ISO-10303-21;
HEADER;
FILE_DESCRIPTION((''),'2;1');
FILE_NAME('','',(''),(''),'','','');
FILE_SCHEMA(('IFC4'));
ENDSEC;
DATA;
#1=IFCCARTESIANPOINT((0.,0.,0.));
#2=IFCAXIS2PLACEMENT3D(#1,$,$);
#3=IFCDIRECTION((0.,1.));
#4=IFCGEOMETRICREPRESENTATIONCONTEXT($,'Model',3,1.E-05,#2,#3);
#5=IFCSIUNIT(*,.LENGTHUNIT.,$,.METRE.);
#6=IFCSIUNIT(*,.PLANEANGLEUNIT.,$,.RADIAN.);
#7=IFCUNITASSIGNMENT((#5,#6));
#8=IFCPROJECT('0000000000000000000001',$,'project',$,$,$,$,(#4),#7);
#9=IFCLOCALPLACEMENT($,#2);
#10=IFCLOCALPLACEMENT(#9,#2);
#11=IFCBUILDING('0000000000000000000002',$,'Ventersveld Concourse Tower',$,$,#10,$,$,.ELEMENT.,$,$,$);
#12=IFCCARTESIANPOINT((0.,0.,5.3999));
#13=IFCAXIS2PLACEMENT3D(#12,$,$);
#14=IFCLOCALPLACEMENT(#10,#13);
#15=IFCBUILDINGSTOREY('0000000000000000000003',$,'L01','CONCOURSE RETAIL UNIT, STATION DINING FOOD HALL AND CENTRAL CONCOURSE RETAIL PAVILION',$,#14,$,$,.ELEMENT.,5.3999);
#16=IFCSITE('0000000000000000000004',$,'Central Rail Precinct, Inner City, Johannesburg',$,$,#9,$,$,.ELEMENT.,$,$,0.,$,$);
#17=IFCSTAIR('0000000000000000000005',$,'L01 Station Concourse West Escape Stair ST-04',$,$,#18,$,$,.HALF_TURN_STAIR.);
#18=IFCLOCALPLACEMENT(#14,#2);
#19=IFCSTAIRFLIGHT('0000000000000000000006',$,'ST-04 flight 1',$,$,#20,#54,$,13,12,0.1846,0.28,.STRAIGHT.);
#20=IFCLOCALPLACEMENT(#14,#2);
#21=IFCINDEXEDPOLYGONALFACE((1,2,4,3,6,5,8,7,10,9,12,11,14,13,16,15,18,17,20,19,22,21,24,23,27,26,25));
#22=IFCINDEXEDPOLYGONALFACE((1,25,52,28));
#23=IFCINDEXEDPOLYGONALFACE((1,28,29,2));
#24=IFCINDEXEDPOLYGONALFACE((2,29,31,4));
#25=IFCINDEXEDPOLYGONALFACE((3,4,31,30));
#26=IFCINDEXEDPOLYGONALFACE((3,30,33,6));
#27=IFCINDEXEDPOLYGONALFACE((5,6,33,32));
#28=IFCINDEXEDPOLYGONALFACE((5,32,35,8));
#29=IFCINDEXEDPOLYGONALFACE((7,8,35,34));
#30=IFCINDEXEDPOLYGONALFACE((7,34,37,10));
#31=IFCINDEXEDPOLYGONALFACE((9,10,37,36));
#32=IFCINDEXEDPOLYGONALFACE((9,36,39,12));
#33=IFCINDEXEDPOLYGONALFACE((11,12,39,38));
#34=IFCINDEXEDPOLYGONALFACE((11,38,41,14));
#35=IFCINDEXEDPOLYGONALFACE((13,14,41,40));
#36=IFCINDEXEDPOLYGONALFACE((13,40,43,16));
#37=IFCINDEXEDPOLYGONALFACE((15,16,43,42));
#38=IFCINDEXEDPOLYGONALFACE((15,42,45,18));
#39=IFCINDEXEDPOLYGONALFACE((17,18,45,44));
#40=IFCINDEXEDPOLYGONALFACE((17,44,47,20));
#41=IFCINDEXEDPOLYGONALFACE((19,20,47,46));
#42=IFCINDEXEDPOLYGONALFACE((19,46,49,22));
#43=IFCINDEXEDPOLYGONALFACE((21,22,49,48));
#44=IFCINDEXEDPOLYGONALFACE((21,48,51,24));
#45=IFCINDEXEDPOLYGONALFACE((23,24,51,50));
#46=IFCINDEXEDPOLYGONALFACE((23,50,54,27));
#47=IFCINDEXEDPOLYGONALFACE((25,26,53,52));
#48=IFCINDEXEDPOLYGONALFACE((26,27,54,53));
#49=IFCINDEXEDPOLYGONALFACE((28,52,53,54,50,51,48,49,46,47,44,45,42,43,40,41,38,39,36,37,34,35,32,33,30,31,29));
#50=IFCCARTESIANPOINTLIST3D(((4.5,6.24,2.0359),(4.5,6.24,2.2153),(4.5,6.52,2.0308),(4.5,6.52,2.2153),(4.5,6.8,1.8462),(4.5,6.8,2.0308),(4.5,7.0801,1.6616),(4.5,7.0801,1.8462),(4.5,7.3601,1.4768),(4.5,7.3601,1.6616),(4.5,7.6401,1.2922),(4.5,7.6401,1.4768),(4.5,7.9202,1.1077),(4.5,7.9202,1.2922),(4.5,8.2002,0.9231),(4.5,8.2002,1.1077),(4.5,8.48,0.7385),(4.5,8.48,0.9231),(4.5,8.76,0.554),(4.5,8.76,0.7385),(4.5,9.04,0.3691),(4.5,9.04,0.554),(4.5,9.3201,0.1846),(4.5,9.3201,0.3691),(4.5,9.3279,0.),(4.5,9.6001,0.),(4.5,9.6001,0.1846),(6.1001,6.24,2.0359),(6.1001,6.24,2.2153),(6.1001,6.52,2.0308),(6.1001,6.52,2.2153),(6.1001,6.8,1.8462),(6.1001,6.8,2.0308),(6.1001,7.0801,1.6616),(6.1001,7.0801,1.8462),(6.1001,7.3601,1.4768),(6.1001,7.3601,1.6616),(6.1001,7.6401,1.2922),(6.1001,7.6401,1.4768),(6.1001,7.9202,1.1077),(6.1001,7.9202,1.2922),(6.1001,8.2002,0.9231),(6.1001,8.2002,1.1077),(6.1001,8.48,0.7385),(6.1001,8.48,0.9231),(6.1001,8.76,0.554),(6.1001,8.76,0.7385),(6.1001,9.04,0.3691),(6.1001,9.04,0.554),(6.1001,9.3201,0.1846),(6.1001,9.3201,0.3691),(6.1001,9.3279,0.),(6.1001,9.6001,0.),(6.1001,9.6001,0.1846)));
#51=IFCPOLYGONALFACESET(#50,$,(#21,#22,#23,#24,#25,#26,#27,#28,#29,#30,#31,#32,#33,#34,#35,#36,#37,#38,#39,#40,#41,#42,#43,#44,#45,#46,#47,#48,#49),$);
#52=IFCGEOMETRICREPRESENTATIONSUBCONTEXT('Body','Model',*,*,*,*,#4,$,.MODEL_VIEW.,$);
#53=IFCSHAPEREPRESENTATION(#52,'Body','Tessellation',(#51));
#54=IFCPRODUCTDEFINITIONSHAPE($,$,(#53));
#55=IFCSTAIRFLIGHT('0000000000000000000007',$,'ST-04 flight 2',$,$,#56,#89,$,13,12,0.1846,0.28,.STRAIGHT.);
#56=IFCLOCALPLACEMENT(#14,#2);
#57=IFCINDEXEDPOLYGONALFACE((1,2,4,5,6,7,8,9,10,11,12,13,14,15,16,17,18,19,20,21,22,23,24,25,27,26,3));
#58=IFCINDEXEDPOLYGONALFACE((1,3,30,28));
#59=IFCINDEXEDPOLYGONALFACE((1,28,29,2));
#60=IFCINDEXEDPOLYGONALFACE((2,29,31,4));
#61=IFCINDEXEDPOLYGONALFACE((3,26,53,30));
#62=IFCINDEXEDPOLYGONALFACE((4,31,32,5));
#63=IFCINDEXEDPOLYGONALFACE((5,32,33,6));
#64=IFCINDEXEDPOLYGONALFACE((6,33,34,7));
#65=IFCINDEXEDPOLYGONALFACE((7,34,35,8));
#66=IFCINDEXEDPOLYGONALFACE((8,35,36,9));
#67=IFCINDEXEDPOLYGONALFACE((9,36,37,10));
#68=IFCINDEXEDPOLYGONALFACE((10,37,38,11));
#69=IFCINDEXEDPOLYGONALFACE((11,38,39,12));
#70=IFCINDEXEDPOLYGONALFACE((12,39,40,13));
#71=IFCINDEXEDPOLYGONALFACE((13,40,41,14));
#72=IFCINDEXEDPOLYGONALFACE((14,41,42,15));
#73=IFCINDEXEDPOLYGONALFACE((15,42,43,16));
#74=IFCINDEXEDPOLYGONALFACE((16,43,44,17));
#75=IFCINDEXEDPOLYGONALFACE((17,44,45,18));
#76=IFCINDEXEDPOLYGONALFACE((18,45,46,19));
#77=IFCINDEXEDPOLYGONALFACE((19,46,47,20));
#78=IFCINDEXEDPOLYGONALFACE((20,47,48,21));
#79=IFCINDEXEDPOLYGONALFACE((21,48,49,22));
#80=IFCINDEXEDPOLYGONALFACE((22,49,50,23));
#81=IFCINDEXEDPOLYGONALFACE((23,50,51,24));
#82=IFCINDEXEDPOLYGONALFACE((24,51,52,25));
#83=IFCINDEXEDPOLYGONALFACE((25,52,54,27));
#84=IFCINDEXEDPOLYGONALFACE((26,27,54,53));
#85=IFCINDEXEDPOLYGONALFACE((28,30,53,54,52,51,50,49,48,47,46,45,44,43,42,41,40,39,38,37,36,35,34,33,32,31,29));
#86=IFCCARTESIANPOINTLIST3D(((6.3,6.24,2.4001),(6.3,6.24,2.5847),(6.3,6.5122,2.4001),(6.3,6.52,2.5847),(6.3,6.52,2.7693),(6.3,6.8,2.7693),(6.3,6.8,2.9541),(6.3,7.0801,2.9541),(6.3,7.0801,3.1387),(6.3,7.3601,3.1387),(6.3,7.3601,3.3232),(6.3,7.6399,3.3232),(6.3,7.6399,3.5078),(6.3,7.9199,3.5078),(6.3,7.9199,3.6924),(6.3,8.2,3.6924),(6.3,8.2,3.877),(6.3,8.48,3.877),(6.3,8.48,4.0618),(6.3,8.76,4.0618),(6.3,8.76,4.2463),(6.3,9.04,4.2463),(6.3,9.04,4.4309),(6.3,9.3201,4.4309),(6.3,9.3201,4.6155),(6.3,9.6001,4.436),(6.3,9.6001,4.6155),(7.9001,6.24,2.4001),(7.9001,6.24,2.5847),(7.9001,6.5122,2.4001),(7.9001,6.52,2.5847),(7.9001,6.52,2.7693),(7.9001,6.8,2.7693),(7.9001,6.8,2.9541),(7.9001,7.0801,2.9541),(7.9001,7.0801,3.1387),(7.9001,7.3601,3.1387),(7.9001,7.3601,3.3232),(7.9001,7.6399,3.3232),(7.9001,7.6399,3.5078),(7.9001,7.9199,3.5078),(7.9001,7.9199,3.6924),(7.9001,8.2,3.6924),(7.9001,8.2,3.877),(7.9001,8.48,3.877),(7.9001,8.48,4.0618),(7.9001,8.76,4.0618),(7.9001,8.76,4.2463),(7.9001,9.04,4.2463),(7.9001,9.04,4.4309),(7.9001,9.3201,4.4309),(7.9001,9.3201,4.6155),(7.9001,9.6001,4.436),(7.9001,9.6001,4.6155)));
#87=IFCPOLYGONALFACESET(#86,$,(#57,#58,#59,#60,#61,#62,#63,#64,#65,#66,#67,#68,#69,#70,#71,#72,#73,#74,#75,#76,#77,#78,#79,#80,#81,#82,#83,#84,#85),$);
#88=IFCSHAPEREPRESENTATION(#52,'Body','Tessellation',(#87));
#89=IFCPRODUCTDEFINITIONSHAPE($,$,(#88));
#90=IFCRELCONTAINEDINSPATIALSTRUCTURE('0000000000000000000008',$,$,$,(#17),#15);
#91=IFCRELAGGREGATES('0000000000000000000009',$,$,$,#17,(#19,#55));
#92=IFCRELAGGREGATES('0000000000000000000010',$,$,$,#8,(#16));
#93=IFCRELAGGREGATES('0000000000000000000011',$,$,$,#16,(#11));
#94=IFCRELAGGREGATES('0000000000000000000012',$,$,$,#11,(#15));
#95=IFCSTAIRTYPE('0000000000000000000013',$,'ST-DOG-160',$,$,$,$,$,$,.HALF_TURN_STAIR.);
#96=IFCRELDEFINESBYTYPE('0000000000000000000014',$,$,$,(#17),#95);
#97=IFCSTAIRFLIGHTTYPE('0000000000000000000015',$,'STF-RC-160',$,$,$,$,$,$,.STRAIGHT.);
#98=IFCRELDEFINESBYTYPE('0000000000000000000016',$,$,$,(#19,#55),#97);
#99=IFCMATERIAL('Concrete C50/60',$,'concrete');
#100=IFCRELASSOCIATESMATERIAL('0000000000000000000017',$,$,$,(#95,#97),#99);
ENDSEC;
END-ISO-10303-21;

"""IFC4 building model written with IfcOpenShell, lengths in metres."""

from ifc_helpers import new_model, si_unit, direction, frame, origin, place, context, subcontext, project, spatial, polyline, outline, extrude, material, type_object, element, aggregate, save


model = new_model("IFC4")

# Units and contexts
model_context = context("Model", 3, precision=1e-05, world=origin(), true_north=direction((0.0, 1.0)))
body_context = subcontext(model_context, "Body", "Model", "MODEL_VIEW")
ifc_project = project(units=[si_unit("LENGTHUNIT", "METRE"), si_unit("PLANEANGLEUNIT", "RADIAN")], contexts=[model_context])

# Site, building, storey
site_placement = place(None, origin())
site = spatial("IfcSite", under=ifc_project, at=site_placement, Name="Central Rail Precinct, Inner City, Johannesburg", CompositionType="ELEMENT", RefElevation=0.0)
building_placement = place(site_placement, origin())
building = spatial("IfcBuilding", under=site, at=building_placement, Name="Ventersveld Concourse Tower", CompositionType="ELEMENT")
storey_placement = place(building_placement, frame((0.0, 0.0, 5.3999)))
storey = spatial("IfcBuildingStorey", under=building, at=storey_placement, Name="L01", Description="CONCOURSE RETAIL UNIT, STATION DINING FOOD HALL AND CENTRAL CONCOURSE RETAIL PAVILION", CompositionType="ELEMENT", Elevation=5.3999)

# Shared definitions
ifc_material_1 = material(Name="Concrete C50/60", Category="concrete")

# Stair, stair flights
stair_type = type_object("IfcStairType", Name="ST-DOG-160", PredefinedType="HALF_TURN_STAIR", material=ifc_material_1)
stair_placement = place(storey_placement, origin())
stair = element("IfcStair", 1, at=stair_placement, inside=storey, type_object=stair_type, Name="L01 Station Concourse West Escape Stair ST-04", PredefinedType="HALF_TURN_STAIR")
stair_flight_type = type_object("IfcStairFlightType", Name="STF-RC-160", PredefinedType="STRAIGHT", material=ifc_material_1)
stair_flight_1_placement = place(storey_placement, frame((5.3, 9.6001, 0.0), z_axis=(0.0, 0.0, 1.0), x_axis=(0.0, -1.0, 0.0)))
stair_flight_1 = element("IfcStairFlight", 2, at=stair_flight_1_placement, type_object=stair_flight_type, Name="ST-04 flight 1", NumberOfRisers=13, NumberOfTreads=12, PredefinedType="STRAIGHT", RiserHeight=0.1846, TreadLength=0.28, context=body_context, shape_type="SweptSolid", body=[
    extrude(outline(polyline([(0.0, 0.0), (0.0, 0.1846), (0.28, 0.1846), (0.28, 0.3691), (0.5601, 0.3691), (0.5601, 0.554), (0.8401, 0.554), (0.8401, 0.7385), (1.1201, 0.7385), (1.1201, 0.9231), (1.3999, 0.9231), (1.3999, 1.1077), (1.6799, 1.1077), (1.6799, 1.2922), (1.96, 1.2922), (1.96, 1.4768), (2.24, 1.4768), (2.24, 1.6616), (2.52, 1.6616), (2.52, 1.8462), (2.8, 1.8462), (2.8, 2.0308), (3.0801, 2.0308), (3.0801, 2.2153), (3.3601, 2.2153), (3.3601, 2.3999), (3.3601, 2.0359), (0.2722, 0.0), (0.0, 0.0)])), frame((0.0, 0.8, 0.0), z_axis=(0.0, -1.0, 0.0), x_axis=(1.0, 0.0, 0.0)), (0.0, 0.0, 1.0), 1.6001),
])
stair_flight_2_placement = place(storey_placement, frame((7.1001, 6.24, 2.4001), z_axis=(0.0, 0.0, 1.0), x_axis=(0.0, 1.0, 0.0)))
stair_flight_2 = element("IfcStairFlight", 3, at=stair_flight_2_placement, type_object=stair_flight_type, Name="ST-04 flight 2", NumberOfRisers=13, NumberOfTreads=12, PredefinedType="STRAIGHT", RiserHeight=0.1846, TreadLength=0.28, context=body_context, shape_type="SweptSolid", body=[
    extrude(outline(polyline([(0.0, 0.0), (0.0, 0.1846), (0.28, 0.1846), (0.28, 0.3691), (0.5601, 0.3691), (0.5601, 0.554), (0.8401, 0.554), (0.8401, 0.7385), (1.1201, 0.7385), (1.1201, 0.9231), (1.3999, 0.9231), (1.3999, 1.1077), (1.6799, 1.1077), (1.6799, 1.2922), (1.96, 1.2922), (1.96, 1.4768), (2.24, 1.4768), (2.24, 1.6616), (2.52, 1.6616), (2.52, 1.8462), (2.8, 1.8462), (2.8, 2.0308), (3.0801, 2.0308), (3.0801, 2.2153), (3.3601, 2.2153), (3.3601, 2.3999), (3.3601, 2.0359), (0.2722, 0.0), (0.0, 0.0)])), frame((0.0, 0.8, 0.0), z_axis=(0.0, -1.0, 0.0), x_axis=(1.0, 0.0, 0.0)), (0.0, 0.0, 1.0), 1.6001),
])
aggregate(stair, [stair_flight_1, stair_flight_2])

save(model, "model.ifc")
